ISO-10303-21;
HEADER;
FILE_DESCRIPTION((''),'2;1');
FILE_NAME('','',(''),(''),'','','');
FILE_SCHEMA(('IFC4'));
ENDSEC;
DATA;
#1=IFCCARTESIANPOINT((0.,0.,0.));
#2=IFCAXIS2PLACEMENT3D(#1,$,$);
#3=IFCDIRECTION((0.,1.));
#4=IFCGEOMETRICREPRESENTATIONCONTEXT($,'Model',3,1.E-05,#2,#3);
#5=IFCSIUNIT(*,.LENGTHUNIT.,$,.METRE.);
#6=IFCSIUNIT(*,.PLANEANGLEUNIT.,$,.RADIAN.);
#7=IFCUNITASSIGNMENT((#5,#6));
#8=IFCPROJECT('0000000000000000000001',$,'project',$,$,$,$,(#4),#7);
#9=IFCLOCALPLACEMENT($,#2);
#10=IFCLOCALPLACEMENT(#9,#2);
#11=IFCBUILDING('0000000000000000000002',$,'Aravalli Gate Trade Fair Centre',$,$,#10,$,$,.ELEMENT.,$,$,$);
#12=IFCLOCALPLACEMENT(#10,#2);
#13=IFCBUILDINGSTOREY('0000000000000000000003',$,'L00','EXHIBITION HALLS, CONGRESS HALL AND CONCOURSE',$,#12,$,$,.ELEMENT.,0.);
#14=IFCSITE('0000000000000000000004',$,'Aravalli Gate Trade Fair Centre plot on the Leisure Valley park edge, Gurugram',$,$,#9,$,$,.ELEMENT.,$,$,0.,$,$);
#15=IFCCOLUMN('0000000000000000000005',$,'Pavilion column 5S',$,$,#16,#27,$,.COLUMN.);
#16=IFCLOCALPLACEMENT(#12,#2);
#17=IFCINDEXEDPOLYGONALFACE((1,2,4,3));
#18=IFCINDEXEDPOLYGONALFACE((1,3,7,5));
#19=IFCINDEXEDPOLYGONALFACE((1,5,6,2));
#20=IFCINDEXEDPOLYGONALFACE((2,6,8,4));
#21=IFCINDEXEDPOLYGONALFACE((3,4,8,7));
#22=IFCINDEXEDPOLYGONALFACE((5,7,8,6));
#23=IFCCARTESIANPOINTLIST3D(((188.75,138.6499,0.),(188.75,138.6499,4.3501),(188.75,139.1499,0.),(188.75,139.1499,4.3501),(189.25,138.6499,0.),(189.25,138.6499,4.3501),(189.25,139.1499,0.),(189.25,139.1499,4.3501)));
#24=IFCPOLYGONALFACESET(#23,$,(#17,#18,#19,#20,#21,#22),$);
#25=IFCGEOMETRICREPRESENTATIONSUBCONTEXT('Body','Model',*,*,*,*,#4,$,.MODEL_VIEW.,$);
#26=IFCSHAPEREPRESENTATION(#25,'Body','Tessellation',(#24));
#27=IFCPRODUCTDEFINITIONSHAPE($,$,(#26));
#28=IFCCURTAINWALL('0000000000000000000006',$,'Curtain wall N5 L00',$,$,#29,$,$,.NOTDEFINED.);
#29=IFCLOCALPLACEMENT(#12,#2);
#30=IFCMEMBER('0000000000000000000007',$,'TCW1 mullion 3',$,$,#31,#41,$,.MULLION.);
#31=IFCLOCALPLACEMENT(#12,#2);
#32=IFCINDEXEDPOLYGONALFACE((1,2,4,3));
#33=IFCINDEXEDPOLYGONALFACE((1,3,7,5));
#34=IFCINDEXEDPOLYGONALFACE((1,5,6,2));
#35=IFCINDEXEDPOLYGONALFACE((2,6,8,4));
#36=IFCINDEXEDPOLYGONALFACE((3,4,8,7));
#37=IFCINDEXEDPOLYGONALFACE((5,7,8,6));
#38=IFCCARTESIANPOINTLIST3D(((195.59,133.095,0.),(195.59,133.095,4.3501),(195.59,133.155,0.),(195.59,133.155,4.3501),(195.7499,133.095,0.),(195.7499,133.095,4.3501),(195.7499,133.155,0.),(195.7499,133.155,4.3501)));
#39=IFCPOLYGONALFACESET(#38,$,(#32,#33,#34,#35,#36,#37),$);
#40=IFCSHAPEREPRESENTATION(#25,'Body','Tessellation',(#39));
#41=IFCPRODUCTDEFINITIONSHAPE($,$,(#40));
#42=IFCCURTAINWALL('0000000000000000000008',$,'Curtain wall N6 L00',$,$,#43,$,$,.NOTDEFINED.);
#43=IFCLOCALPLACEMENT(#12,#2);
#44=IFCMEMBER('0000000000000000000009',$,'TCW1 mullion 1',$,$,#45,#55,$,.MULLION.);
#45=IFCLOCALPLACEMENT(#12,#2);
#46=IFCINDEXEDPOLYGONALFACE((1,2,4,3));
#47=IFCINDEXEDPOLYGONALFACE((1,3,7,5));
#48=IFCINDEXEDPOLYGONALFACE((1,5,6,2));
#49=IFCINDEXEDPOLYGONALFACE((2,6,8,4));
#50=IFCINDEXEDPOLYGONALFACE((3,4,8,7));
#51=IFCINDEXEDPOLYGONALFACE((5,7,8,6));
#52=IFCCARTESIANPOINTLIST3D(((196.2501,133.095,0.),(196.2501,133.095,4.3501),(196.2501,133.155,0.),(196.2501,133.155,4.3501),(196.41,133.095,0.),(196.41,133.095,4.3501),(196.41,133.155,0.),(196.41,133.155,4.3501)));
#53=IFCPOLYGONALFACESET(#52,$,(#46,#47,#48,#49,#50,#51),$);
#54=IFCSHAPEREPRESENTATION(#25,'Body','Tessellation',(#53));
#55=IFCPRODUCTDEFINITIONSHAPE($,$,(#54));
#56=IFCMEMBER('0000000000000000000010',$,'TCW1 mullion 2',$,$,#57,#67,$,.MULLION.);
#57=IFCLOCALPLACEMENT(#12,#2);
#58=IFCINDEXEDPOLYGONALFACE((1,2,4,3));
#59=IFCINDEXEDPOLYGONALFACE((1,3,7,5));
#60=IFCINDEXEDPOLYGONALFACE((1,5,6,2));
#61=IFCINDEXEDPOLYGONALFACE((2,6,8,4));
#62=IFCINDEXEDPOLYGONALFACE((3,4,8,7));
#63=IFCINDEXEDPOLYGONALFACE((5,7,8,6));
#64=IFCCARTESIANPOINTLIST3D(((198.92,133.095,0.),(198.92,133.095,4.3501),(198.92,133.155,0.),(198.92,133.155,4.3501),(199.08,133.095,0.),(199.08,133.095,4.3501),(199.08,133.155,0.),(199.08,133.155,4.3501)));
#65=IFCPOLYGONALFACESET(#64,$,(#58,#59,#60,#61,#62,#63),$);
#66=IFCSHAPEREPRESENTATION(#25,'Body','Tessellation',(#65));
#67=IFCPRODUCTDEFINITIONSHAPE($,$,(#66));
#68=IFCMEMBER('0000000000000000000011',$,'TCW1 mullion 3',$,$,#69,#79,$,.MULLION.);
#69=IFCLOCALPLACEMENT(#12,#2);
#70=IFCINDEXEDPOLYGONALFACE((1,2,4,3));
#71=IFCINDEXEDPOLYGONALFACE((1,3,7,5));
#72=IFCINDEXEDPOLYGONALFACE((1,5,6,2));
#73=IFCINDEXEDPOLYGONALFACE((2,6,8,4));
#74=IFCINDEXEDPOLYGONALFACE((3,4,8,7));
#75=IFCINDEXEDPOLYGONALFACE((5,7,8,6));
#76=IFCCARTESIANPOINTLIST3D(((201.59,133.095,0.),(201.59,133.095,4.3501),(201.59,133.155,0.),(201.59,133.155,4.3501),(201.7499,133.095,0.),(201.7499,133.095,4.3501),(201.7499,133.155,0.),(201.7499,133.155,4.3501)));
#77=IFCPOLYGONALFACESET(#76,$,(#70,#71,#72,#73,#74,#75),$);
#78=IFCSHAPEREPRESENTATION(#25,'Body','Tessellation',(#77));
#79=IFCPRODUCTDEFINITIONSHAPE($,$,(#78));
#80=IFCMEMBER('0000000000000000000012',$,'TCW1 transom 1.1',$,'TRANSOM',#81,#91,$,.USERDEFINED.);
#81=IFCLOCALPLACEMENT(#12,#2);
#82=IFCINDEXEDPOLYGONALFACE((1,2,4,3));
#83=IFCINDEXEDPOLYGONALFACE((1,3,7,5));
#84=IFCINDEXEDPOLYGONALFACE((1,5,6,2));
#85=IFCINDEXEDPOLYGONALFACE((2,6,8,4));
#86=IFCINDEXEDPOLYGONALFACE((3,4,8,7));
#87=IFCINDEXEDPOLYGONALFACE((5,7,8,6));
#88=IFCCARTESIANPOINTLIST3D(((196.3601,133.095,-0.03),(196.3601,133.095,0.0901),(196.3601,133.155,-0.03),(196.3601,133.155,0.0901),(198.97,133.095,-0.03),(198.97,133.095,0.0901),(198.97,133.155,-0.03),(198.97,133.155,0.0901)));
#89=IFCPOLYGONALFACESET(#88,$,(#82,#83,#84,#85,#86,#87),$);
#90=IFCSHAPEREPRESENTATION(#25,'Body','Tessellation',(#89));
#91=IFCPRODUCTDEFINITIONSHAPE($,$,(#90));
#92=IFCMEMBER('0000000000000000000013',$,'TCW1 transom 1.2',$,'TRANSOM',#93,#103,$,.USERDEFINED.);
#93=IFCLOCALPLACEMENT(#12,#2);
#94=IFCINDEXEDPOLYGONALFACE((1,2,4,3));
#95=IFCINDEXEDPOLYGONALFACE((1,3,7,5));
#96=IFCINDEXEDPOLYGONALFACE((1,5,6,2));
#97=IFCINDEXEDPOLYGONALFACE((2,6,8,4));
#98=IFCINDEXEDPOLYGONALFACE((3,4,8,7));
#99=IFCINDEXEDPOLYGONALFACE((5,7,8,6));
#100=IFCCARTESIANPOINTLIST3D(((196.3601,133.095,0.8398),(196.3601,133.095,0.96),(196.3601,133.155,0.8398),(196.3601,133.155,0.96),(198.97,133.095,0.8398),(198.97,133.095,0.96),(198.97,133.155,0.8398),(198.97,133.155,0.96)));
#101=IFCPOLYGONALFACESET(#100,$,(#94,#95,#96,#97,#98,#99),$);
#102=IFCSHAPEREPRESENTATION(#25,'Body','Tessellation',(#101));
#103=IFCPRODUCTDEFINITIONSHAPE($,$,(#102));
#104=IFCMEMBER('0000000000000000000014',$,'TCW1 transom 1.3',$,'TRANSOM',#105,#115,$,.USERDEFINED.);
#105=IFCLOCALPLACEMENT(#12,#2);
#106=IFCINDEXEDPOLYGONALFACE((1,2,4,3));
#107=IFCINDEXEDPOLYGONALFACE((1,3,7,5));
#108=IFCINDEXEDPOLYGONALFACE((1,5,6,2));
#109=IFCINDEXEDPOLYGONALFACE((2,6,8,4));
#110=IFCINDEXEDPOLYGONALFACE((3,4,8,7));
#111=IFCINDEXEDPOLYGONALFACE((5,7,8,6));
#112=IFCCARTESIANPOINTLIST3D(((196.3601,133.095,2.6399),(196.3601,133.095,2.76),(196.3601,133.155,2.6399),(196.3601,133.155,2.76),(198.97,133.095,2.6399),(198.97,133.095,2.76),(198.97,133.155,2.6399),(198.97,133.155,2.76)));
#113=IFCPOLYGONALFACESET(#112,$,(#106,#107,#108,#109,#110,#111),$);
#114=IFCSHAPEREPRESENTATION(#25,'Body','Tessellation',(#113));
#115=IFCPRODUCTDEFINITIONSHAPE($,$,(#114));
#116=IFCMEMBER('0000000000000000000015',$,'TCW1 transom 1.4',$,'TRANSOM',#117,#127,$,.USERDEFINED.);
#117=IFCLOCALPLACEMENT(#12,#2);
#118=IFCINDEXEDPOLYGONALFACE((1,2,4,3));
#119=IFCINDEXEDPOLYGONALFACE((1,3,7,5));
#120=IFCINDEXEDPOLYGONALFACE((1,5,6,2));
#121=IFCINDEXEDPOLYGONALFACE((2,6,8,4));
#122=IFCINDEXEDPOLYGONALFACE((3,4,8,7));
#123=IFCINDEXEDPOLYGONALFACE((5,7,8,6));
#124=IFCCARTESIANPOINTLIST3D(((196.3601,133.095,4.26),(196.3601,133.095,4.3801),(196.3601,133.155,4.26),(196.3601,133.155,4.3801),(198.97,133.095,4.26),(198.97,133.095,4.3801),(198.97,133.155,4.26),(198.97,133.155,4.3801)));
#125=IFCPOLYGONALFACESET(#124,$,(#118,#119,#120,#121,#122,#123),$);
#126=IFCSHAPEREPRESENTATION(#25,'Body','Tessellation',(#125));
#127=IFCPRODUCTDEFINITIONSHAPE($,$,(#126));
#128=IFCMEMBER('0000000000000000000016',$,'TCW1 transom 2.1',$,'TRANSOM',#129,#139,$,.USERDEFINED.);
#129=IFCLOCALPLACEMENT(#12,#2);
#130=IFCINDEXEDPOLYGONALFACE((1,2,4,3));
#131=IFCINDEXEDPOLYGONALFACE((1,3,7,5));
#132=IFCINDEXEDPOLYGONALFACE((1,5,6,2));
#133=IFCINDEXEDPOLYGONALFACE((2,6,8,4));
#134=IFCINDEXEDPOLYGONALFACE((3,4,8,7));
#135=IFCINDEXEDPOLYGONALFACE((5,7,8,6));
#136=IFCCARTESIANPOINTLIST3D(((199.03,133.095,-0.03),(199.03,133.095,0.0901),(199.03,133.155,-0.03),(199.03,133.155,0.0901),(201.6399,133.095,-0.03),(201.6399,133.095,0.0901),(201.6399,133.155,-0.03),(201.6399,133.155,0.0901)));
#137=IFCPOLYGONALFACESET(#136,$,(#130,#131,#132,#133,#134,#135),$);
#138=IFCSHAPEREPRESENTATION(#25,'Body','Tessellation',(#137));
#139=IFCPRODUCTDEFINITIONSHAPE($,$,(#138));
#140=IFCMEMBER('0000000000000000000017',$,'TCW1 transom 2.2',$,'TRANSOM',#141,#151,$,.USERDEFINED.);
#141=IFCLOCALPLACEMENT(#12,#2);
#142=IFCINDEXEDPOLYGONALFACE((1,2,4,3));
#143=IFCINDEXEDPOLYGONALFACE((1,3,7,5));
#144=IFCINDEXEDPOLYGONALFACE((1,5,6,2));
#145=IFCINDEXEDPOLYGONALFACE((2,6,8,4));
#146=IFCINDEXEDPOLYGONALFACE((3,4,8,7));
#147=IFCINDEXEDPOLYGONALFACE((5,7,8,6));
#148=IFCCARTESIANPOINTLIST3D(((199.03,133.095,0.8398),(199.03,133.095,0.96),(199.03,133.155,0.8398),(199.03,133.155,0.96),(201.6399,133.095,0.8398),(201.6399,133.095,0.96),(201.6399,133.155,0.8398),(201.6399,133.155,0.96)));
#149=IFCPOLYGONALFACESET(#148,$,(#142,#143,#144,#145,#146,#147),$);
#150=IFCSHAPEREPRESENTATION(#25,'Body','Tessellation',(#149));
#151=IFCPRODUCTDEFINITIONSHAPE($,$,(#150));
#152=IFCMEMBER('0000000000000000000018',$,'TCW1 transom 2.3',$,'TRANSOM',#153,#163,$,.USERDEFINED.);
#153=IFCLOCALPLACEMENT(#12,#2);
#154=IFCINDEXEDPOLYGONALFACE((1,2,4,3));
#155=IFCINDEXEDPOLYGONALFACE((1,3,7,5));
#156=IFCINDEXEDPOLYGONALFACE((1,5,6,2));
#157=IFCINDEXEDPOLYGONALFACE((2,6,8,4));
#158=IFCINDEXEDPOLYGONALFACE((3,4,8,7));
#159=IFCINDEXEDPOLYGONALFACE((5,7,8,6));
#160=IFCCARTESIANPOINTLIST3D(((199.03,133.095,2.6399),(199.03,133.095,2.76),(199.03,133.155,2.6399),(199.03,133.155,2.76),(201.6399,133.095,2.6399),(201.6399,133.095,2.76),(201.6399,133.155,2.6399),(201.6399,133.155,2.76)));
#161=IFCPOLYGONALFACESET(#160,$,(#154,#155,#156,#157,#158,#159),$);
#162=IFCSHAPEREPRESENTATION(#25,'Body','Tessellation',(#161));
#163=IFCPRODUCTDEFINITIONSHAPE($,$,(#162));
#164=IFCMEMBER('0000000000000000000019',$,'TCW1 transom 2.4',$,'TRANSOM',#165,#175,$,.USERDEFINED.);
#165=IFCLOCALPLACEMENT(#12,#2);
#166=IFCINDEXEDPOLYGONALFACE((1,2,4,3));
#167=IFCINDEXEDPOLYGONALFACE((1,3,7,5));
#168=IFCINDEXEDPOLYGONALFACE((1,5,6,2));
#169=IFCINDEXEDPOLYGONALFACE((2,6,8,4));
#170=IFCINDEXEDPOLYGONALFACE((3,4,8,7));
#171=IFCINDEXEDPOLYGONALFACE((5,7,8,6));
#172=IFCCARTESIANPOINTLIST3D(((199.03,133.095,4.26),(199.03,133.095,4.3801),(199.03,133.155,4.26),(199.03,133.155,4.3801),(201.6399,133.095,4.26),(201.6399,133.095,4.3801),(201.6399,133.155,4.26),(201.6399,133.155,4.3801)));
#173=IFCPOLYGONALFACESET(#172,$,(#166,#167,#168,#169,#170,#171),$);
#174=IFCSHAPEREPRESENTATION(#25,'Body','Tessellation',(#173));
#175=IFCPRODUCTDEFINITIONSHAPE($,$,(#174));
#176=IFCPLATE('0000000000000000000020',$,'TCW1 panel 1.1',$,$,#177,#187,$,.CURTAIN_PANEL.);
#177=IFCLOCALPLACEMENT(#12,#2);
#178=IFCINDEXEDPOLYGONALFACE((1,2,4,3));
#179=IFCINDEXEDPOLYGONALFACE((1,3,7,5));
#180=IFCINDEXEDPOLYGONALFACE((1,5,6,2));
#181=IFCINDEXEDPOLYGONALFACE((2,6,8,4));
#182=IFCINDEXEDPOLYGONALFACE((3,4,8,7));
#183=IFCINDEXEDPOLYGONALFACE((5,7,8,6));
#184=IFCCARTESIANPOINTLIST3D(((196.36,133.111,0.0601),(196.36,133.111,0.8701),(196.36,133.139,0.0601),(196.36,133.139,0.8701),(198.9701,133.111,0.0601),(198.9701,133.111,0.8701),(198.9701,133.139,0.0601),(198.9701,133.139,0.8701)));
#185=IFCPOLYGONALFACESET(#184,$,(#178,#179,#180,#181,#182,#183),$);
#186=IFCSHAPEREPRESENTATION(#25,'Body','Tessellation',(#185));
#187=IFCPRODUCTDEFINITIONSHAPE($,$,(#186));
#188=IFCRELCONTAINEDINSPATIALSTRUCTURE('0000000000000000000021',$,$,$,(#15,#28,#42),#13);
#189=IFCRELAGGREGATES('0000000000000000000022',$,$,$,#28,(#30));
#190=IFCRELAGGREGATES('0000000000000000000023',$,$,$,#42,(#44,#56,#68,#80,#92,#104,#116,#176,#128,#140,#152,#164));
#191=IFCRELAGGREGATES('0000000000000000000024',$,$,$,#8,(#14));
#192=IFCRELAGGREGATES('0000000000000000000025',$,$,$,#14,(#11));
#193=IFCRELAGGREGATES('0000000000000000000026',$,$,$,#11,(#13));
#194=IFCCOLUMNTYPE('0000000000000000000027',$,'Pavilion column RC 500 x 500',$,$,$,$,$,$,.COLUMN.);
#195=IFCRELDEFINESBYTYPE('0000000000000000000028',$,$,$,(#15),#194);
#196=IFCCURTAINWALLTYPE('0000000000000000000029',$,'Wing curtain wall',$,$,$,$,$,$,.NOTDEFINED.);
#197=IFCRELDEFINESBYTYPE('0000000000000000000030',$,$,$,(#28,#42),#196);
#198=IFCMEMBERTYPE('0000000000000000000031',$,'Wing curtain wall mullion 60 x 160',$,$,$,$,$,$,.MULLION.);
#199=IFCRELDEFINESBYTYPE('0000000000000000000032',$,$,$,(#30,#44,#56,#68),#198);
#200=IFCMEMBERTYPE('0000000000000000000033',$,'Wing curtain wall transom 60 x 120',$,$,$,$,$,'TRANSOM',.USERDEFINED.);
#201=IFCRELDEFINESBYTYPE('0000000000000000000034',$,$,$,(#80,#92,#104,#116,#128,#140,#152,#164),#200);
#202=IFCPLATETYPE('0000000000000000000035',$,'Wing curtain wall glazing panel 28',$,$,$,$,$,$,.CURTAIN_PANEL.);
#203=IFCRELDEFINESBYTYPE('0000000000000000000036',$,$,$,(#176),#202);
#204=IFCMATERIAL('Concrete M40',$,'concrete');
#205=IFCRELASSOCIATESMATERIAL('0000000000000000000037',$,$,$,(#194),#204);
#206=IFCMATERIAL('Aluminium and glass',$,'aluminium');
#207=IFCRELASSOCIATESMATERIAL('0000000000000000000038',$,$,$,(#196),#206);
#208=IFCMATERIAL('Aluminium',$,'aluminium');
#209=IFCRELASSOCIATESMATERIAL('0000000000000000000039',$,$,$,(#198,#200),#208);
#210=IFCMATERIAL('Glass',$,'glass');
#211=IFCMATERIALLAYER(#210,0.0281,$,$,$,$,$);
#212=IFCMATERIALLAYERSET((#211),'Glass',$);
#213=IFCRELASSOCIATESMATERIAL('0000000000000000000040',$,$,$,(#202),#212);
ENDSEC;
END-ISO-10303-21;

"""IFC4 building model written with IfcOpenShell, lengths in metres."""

from ifc_helpers import new_model, si_unit, direction, frame, origin, origin_2d, place, context, subcontext, project, spatial, rectangle, extrude, material, layer, layer_set, material_profile, profile_set, type_object, element, aggregate, save


model = new_model("IFC4")

# Units and contexts
model_context = context("Model", 3, precision=1e-05, world=origin(), true_north=direction((0.0, 1.0)))
body_context = subcontext(model_context, "Body", "Model", "MODEL_VIEW")
ifc_project = project(units=[si_unit("LENGTHUNIT", "METRE"), si_unit("PLANEANGLEUNIT", "RADIAN")], contexts=[model_context])

# Site, building, storey
site_placement = place(None, origin())
site = spatial("IfcSite", under=ifc_project, at=site_placement, Name="Aravalli Gate Trade Fair Centre plot on the Leisure Valley park edge, Gurugram", CompositionType="ELEMENT", RefElevation=0.0)
building_placement = place(site_placement, origin())
building = spatial("IfcBuilding", under=site, at=building_placement, Name="Aravalli Gate Trade Fair Centre", CompositionType="ELEMENT")
storey_placement = place(building_placement, origin())
storey = spatial("IfcBuildingStorey", under=building, at=storey_placement, Name="L00", Description="EXHIBITION HALLS, CONGRESS HALL AND CONCOURSE", CompositionType="ELEMENT", Elevation=0.0)

# Column
ifc_material_1 = material(Name="Concrete M40", Category="concrete")
ifc_material_profile_1 = material_profile(ifc_material_1, rectangle(XDim=0.5, YDim=0.5, at=origin_2d()), Name="Pavilion column RC 500 x 500")
ifc_profile_set_1 = profile_set([ifc_material_profile_1], Name="Concrete M40")
column_type = type_object("IfcColumnType", Name="Pavilion column RC 500 x 500", PredefinedType="COLUMN", material=ifc_profile_set_1)
column_placement = place(storey_placement, frame((189.0, 138.8999, 0.0), z_axis=(0.0, 0.0, 1.0), x_axis=(1.0, 0.0, 0.0)))
element("IfcColumn", 1, at=column_placement, inside=storey, type_object=column_type, Name="Pavilion column 5S", PredefinedType="COLUMN", context=body_context, shape_type="SweptSolid", body=[
    extrude(rectangle(XDim=0.5, YDim=0.5, at=origin_2d()), origin(), (0.0, 0.0, 1.0), 4.3501),
])

# Curtain wall, member
ifc_material_2 = material(Name="Aluminium and glass", Category="aluminium")
curtain_wall_type = type_object("IfcCurtainWallType", Name="Wing curtain wall", PredefinedType="NOTDEFINED", material=ifc_material_2)
curtain_wall_1_placement = place(storey_placement, origin())
curtain_wall_1 = element("IfcCurtainWall", 2, at=curtain_wall_1_placement, inside=storey, type_object=curtain_wall_type, Name="Curtain wall N5 L00", PredefinedType="NOTDEFINED")
ifc_material_3 = material(Name="Aluminium", Category="aluminium")
ifc_material_profile_2 = material_profile(ifc_material_3, rectangle(XDim=0.0601, YDim=0.1599, at=origin_2d()), Name="Wing curtain wall mullion 60 x 160")
ifc_profile_set_2 = profile_set([ifc_material_profile_2], Name="Aluminium")
member_type_1 = type_object("IfcMemberType", Name="Wing curtain wall mullion 60 x 160", PredefinedType="MULLION", material=ifc_profile_set_2)
member_1_placement = place(storey_placement, frame((195.6699, 133.125, 0.0), z_axis=(0.0, 0.0, 1.0), x_axis=(0.0, 1.0, 0.0)))
member_1 = element("IfcMember", 3, at=member_1_placement, type_object=member_type_1, Name="TCW1 mullion 3", PredefinedType="MULLION", context=body_context, shape_type="SweptSolid", body=[
    extrude(rectangle(XDim=0.0601, YDim=0.1599, at=origin_2d()), origin(), (0.0, 0.0, 1.0), 4.3501),
])
aggregate(curtain_wall_1, [member_1])

# Curtain wall, members, plate
curtain_wall_2_placement = place(storey_placement, origin())
curtain_wall_2 = element("IfcCurtainWall", 4, at=curtain_wall_2_placement, inside=storey, type_object=curtain_wall_type, Name="Curtain wall N6 L00", PredefinedType="NOTDEFINED")
member_2_placement = place(storey_placement, frame((196.3301, 133.125, 0.0), z_axis=(0.0, 0.0, 1.0), x_axis=(0.0, 1.0, 0.0)))
member_2 = element("IfcMember", 5, at=member_2_placement, type_object=member_type_1, Name="TCW1 mullion 1", PredefinedType="MULLION", context=body_context, shape_type="SweptSolid", body=[
    extrude(rectangle(XDim=0.0601, YDim=0.1599, at=origin_2d()), origin(), (0.0, 0.0, 1.0), 4.3501),
])
member_3_placement = place(storey_placement, frame((199.0, 133.125, 0.0), z_axis=(0.0, 0.0, 1.0), x_axis=(0.0, 1.0, 0.0)))
member_3 = element("IfcMember", 6, at=member_3_placement, type_object=member_type_1, Name="TCW1 mullion 2", PredefinedType="MULLION", context=body_context, shape_type="SweptSolid", body=[
    extrude(rectangle(XDim=0.0601, YDim=0.1599, at=origin_2d()), origin(), (0.0, 0.0, 1.0), 4.3501),
])
member_4_placement = place(storey_placement, frame((201.6699, 133.125, 0.0), z_axis=(0.0, 0.0, 1.0), x_axis=(0.0, 1.0, 0.0)))
member_4 = element("IfcMember", 7, at=member_4_placement, type_object=member_type_1, Name="TCW1 mullion 3", PredefinedType="MULLION", context=body_context, shape_type="SweptSolid", body=[
    extrude(rectangle(XDim=0.0601, YDim=0.1599, at=origin_2d()), origin(), (0.0, 0.0, 1.0), 4.3501),
])
ifc_material_profile_3 = material_profile(ifc_material_3, rectangle(XDim=0.0601, YDim=0.1201, at=origin_2d()), Name="Wing curtain wall transom 60 x 120")
ifc_profile_set_3 = profile_set([ifc_material_profile_3], Name="Aluminium")
member_type_2 = type_object("IfcMemberType", Name="Wing curtain wall transom 60 x 120", ElementType="TRANSOM", PredefinedType="USERDEFINED", material=ifc_profile_set_3)
member_5_placement = place(storey_placement, frame((196.3601, 133.125, 0.03), z_axis=(1.0, 0.0, 0.0), x_axis=(0.0, 1.0, 0.0)))
member_5 = element("IfcMember", 8, at=member_5_placement, type_object=member_type_2, Name="TCW1 transom 1.1", ObjectType="TRANSOM", PredefinedType="USERDEFINED", context=body_context, shape_type="SweptSolid", body=[
    extrude(rectangle(XDim=0.0601, YDim=0.1201, at=origin_2d()), origin(), (0.0, 0.0, 1.0), 2.6099),
])
member_6_placement = place(storey_placement, frame((196.3601, 133.125, 0.8999), z_axis=(1.0, 0.0, 0.0), x_axis=(0.0, 1.0, 0.0)))
member_6 = element("IfcMember", 9, at=member_6_placement, type_object=member_type_2, Name="TCW1 transom 1.2", ObjectType="TRANSOM", PredefinedType="USERDEFINED", context=body_context, shape_type="SweptSolid", body=[
    extrude(rectangle(XDim=0.0601, YDim=0.1201, at=origin_2d()), origin(), (0.0, 0.0, 1.0), 2.6099),
])
member_7_placement = place(storey_placement, frame((196.3601, 133.125, 2.7), z_axis=(1.0, 0.0, 0.0), x_axis=(0.0, 1.0, 0.0)))
member_7 = element("IfcMember", 10, at=member_7_placement, type_object=member_type_2, Name="TCW1 transom 1.3", ObjectType="TRANSOM", PredefinedType="USERDEFINED", context=body_context, shape_type="SweptSolid", body=[
    extrude(rectangle(XDim=0.0601, YDim=0.1201, at=origin_2d()), origin(), (0.0, 0.0, 1.0), 2.6099),
])
member_8_placement = place(storey_placement, frame((196.3601, 133.125, 4.3201), z_axis=(1.0, 0.0, 0.0), x_axis=(0.0, 1.0, 0.0)))
member_8 = element("IfcMember", 11, at=member_8_placement, type_object=member_type_2, Name="TCW1 transom 1.4", ObjectType="TRANSOM", PredefinedType="USERDEFINED", context=body_context, shape_type="SweptSolid", body=[
    extrude(rectangle(XDim=0.0601, YDim=0.1201, at=origin_2d()), origin(), (0.0, 0.0, 1.0), 2.6099),
])
member_9_placement = place(storey_placement, frame((199.03, 133.125, 0.03), z_axis=(1.0, 0.0, 0.0), x_axis=(0.0, 1.0, 0.0)))
member_9 = element("IfcMember", 12, at=member_9_placement, type_object=member_type_2, Name="TCW1 transom 2.1", ObjectType="TRANSOM", PredefinedType="USERDEFINED", context=body_context, shape_type="SweptSolid", body=[
    extrude(rectangle(XDim=0.0601, YDim=0.1201, at=origin_2d()), origin(), (0.0, 0.0, 1.0), 2.6099),
])
member_10_placement = place(storey_placement, frame((199.03, 133.125, 0.8999), z_axis=(1.0, 0.0, 0.0), x_axis=(0.0, 1.0, 0.0)))
member_10 = element("IfcMember", 13, at=member_10_placement, type_object=member_type_2, Name="TCW1 transom 2.2", ObjectType="TRANSOM", PredefinedType="USERDEFINED", context=body_context, shape_type="SweptSolid", body=[
    extrude(rectangle(XDim=0.0601, YDim=0.1201, at=origin_2d()), origin(), (0.0, 0.0, 1.0), 2.6099),
])
member_11_placement = place(storey_placement, frame((199.03, 133.125, 2.7), z_axis=(1.0, 0.0, 0.0), x_axis=(0.0, 1.0, 0.0)))
member_11 = element("IfcMember", 14, at=member_11_placement, type_object=member_type_2, Name="TCW1 transom 2.3", ObjectType="TRANSOM", PredefinedType="USERDEFINED", context=body_context, shape_type="SweptSolid", body=[
    extrude(rectangle(XDim=0.0601, YDim=0.1201, at=origin_2d()), origin(), (0.0, 0.0, 1.0), 2.6099),
])
member_12_placement = place(storey_placement, frame((199.03, 133.125, 4.3201), z_axis=(1.0, 0.0, 0.0), x_axis=(0.0, 1.0, 0.0)))
member_12 = element("IfcMember", 15, at=member_12_placement, type_object=member_type_2, Name="TCW1 transom 2.4", ObjectType="TRANSOM", PredefinedType="USERDEFINED", context=body_context, shape_type="SweptSolid", body=[
    extrude(rectangle(XDim=0.0601, YDim=0.1201, at=origin_2d()), origin(), (0.0, 0.0, 1.0), 2.6099),
])
ifc_material_4 = material(Name="Glass", Category="glass")
ifc_layer_1 = layer(ifc_material_4, 0.0281)
ifc_layer_set_1 = layer_set([ifc_layer_1], Name="Glass")
plate_type = type_object("IfcPlateType", Name="Wing curtain wall glazing panel 28", PredefinedType="CURTAIN_PANEL", material=ifc_layer_set_1)
plate_1_placement = place(storey_placement, frame((197.665, 133.125, 0.0601), z_axis=(0.0, 0.0, 1.0), x_axis=(1.0, 0.0, 0.0)))
plate_1 = element("IfcPlate", 16, at=plate_1_placement, type_object=plate_type, Name="TCW1 panel 1.1", PredefinedType="CURTAIN_PANEL", context=body_context, shape_type="SweptSolid", body=[
    extrude(rectangle(XDim=2.6101, YDim=0.0281, at=origin_2d()), origin(), (0.0, 0.0, 1.0), 0.8101),
])
aggregate(curtain_wall_2, [member_2, member_3, member_4, member_5, member_6, member_7, member_8, plate_1, member_9, member_10, member_11, member_12])

save(model, "model.ifc")
